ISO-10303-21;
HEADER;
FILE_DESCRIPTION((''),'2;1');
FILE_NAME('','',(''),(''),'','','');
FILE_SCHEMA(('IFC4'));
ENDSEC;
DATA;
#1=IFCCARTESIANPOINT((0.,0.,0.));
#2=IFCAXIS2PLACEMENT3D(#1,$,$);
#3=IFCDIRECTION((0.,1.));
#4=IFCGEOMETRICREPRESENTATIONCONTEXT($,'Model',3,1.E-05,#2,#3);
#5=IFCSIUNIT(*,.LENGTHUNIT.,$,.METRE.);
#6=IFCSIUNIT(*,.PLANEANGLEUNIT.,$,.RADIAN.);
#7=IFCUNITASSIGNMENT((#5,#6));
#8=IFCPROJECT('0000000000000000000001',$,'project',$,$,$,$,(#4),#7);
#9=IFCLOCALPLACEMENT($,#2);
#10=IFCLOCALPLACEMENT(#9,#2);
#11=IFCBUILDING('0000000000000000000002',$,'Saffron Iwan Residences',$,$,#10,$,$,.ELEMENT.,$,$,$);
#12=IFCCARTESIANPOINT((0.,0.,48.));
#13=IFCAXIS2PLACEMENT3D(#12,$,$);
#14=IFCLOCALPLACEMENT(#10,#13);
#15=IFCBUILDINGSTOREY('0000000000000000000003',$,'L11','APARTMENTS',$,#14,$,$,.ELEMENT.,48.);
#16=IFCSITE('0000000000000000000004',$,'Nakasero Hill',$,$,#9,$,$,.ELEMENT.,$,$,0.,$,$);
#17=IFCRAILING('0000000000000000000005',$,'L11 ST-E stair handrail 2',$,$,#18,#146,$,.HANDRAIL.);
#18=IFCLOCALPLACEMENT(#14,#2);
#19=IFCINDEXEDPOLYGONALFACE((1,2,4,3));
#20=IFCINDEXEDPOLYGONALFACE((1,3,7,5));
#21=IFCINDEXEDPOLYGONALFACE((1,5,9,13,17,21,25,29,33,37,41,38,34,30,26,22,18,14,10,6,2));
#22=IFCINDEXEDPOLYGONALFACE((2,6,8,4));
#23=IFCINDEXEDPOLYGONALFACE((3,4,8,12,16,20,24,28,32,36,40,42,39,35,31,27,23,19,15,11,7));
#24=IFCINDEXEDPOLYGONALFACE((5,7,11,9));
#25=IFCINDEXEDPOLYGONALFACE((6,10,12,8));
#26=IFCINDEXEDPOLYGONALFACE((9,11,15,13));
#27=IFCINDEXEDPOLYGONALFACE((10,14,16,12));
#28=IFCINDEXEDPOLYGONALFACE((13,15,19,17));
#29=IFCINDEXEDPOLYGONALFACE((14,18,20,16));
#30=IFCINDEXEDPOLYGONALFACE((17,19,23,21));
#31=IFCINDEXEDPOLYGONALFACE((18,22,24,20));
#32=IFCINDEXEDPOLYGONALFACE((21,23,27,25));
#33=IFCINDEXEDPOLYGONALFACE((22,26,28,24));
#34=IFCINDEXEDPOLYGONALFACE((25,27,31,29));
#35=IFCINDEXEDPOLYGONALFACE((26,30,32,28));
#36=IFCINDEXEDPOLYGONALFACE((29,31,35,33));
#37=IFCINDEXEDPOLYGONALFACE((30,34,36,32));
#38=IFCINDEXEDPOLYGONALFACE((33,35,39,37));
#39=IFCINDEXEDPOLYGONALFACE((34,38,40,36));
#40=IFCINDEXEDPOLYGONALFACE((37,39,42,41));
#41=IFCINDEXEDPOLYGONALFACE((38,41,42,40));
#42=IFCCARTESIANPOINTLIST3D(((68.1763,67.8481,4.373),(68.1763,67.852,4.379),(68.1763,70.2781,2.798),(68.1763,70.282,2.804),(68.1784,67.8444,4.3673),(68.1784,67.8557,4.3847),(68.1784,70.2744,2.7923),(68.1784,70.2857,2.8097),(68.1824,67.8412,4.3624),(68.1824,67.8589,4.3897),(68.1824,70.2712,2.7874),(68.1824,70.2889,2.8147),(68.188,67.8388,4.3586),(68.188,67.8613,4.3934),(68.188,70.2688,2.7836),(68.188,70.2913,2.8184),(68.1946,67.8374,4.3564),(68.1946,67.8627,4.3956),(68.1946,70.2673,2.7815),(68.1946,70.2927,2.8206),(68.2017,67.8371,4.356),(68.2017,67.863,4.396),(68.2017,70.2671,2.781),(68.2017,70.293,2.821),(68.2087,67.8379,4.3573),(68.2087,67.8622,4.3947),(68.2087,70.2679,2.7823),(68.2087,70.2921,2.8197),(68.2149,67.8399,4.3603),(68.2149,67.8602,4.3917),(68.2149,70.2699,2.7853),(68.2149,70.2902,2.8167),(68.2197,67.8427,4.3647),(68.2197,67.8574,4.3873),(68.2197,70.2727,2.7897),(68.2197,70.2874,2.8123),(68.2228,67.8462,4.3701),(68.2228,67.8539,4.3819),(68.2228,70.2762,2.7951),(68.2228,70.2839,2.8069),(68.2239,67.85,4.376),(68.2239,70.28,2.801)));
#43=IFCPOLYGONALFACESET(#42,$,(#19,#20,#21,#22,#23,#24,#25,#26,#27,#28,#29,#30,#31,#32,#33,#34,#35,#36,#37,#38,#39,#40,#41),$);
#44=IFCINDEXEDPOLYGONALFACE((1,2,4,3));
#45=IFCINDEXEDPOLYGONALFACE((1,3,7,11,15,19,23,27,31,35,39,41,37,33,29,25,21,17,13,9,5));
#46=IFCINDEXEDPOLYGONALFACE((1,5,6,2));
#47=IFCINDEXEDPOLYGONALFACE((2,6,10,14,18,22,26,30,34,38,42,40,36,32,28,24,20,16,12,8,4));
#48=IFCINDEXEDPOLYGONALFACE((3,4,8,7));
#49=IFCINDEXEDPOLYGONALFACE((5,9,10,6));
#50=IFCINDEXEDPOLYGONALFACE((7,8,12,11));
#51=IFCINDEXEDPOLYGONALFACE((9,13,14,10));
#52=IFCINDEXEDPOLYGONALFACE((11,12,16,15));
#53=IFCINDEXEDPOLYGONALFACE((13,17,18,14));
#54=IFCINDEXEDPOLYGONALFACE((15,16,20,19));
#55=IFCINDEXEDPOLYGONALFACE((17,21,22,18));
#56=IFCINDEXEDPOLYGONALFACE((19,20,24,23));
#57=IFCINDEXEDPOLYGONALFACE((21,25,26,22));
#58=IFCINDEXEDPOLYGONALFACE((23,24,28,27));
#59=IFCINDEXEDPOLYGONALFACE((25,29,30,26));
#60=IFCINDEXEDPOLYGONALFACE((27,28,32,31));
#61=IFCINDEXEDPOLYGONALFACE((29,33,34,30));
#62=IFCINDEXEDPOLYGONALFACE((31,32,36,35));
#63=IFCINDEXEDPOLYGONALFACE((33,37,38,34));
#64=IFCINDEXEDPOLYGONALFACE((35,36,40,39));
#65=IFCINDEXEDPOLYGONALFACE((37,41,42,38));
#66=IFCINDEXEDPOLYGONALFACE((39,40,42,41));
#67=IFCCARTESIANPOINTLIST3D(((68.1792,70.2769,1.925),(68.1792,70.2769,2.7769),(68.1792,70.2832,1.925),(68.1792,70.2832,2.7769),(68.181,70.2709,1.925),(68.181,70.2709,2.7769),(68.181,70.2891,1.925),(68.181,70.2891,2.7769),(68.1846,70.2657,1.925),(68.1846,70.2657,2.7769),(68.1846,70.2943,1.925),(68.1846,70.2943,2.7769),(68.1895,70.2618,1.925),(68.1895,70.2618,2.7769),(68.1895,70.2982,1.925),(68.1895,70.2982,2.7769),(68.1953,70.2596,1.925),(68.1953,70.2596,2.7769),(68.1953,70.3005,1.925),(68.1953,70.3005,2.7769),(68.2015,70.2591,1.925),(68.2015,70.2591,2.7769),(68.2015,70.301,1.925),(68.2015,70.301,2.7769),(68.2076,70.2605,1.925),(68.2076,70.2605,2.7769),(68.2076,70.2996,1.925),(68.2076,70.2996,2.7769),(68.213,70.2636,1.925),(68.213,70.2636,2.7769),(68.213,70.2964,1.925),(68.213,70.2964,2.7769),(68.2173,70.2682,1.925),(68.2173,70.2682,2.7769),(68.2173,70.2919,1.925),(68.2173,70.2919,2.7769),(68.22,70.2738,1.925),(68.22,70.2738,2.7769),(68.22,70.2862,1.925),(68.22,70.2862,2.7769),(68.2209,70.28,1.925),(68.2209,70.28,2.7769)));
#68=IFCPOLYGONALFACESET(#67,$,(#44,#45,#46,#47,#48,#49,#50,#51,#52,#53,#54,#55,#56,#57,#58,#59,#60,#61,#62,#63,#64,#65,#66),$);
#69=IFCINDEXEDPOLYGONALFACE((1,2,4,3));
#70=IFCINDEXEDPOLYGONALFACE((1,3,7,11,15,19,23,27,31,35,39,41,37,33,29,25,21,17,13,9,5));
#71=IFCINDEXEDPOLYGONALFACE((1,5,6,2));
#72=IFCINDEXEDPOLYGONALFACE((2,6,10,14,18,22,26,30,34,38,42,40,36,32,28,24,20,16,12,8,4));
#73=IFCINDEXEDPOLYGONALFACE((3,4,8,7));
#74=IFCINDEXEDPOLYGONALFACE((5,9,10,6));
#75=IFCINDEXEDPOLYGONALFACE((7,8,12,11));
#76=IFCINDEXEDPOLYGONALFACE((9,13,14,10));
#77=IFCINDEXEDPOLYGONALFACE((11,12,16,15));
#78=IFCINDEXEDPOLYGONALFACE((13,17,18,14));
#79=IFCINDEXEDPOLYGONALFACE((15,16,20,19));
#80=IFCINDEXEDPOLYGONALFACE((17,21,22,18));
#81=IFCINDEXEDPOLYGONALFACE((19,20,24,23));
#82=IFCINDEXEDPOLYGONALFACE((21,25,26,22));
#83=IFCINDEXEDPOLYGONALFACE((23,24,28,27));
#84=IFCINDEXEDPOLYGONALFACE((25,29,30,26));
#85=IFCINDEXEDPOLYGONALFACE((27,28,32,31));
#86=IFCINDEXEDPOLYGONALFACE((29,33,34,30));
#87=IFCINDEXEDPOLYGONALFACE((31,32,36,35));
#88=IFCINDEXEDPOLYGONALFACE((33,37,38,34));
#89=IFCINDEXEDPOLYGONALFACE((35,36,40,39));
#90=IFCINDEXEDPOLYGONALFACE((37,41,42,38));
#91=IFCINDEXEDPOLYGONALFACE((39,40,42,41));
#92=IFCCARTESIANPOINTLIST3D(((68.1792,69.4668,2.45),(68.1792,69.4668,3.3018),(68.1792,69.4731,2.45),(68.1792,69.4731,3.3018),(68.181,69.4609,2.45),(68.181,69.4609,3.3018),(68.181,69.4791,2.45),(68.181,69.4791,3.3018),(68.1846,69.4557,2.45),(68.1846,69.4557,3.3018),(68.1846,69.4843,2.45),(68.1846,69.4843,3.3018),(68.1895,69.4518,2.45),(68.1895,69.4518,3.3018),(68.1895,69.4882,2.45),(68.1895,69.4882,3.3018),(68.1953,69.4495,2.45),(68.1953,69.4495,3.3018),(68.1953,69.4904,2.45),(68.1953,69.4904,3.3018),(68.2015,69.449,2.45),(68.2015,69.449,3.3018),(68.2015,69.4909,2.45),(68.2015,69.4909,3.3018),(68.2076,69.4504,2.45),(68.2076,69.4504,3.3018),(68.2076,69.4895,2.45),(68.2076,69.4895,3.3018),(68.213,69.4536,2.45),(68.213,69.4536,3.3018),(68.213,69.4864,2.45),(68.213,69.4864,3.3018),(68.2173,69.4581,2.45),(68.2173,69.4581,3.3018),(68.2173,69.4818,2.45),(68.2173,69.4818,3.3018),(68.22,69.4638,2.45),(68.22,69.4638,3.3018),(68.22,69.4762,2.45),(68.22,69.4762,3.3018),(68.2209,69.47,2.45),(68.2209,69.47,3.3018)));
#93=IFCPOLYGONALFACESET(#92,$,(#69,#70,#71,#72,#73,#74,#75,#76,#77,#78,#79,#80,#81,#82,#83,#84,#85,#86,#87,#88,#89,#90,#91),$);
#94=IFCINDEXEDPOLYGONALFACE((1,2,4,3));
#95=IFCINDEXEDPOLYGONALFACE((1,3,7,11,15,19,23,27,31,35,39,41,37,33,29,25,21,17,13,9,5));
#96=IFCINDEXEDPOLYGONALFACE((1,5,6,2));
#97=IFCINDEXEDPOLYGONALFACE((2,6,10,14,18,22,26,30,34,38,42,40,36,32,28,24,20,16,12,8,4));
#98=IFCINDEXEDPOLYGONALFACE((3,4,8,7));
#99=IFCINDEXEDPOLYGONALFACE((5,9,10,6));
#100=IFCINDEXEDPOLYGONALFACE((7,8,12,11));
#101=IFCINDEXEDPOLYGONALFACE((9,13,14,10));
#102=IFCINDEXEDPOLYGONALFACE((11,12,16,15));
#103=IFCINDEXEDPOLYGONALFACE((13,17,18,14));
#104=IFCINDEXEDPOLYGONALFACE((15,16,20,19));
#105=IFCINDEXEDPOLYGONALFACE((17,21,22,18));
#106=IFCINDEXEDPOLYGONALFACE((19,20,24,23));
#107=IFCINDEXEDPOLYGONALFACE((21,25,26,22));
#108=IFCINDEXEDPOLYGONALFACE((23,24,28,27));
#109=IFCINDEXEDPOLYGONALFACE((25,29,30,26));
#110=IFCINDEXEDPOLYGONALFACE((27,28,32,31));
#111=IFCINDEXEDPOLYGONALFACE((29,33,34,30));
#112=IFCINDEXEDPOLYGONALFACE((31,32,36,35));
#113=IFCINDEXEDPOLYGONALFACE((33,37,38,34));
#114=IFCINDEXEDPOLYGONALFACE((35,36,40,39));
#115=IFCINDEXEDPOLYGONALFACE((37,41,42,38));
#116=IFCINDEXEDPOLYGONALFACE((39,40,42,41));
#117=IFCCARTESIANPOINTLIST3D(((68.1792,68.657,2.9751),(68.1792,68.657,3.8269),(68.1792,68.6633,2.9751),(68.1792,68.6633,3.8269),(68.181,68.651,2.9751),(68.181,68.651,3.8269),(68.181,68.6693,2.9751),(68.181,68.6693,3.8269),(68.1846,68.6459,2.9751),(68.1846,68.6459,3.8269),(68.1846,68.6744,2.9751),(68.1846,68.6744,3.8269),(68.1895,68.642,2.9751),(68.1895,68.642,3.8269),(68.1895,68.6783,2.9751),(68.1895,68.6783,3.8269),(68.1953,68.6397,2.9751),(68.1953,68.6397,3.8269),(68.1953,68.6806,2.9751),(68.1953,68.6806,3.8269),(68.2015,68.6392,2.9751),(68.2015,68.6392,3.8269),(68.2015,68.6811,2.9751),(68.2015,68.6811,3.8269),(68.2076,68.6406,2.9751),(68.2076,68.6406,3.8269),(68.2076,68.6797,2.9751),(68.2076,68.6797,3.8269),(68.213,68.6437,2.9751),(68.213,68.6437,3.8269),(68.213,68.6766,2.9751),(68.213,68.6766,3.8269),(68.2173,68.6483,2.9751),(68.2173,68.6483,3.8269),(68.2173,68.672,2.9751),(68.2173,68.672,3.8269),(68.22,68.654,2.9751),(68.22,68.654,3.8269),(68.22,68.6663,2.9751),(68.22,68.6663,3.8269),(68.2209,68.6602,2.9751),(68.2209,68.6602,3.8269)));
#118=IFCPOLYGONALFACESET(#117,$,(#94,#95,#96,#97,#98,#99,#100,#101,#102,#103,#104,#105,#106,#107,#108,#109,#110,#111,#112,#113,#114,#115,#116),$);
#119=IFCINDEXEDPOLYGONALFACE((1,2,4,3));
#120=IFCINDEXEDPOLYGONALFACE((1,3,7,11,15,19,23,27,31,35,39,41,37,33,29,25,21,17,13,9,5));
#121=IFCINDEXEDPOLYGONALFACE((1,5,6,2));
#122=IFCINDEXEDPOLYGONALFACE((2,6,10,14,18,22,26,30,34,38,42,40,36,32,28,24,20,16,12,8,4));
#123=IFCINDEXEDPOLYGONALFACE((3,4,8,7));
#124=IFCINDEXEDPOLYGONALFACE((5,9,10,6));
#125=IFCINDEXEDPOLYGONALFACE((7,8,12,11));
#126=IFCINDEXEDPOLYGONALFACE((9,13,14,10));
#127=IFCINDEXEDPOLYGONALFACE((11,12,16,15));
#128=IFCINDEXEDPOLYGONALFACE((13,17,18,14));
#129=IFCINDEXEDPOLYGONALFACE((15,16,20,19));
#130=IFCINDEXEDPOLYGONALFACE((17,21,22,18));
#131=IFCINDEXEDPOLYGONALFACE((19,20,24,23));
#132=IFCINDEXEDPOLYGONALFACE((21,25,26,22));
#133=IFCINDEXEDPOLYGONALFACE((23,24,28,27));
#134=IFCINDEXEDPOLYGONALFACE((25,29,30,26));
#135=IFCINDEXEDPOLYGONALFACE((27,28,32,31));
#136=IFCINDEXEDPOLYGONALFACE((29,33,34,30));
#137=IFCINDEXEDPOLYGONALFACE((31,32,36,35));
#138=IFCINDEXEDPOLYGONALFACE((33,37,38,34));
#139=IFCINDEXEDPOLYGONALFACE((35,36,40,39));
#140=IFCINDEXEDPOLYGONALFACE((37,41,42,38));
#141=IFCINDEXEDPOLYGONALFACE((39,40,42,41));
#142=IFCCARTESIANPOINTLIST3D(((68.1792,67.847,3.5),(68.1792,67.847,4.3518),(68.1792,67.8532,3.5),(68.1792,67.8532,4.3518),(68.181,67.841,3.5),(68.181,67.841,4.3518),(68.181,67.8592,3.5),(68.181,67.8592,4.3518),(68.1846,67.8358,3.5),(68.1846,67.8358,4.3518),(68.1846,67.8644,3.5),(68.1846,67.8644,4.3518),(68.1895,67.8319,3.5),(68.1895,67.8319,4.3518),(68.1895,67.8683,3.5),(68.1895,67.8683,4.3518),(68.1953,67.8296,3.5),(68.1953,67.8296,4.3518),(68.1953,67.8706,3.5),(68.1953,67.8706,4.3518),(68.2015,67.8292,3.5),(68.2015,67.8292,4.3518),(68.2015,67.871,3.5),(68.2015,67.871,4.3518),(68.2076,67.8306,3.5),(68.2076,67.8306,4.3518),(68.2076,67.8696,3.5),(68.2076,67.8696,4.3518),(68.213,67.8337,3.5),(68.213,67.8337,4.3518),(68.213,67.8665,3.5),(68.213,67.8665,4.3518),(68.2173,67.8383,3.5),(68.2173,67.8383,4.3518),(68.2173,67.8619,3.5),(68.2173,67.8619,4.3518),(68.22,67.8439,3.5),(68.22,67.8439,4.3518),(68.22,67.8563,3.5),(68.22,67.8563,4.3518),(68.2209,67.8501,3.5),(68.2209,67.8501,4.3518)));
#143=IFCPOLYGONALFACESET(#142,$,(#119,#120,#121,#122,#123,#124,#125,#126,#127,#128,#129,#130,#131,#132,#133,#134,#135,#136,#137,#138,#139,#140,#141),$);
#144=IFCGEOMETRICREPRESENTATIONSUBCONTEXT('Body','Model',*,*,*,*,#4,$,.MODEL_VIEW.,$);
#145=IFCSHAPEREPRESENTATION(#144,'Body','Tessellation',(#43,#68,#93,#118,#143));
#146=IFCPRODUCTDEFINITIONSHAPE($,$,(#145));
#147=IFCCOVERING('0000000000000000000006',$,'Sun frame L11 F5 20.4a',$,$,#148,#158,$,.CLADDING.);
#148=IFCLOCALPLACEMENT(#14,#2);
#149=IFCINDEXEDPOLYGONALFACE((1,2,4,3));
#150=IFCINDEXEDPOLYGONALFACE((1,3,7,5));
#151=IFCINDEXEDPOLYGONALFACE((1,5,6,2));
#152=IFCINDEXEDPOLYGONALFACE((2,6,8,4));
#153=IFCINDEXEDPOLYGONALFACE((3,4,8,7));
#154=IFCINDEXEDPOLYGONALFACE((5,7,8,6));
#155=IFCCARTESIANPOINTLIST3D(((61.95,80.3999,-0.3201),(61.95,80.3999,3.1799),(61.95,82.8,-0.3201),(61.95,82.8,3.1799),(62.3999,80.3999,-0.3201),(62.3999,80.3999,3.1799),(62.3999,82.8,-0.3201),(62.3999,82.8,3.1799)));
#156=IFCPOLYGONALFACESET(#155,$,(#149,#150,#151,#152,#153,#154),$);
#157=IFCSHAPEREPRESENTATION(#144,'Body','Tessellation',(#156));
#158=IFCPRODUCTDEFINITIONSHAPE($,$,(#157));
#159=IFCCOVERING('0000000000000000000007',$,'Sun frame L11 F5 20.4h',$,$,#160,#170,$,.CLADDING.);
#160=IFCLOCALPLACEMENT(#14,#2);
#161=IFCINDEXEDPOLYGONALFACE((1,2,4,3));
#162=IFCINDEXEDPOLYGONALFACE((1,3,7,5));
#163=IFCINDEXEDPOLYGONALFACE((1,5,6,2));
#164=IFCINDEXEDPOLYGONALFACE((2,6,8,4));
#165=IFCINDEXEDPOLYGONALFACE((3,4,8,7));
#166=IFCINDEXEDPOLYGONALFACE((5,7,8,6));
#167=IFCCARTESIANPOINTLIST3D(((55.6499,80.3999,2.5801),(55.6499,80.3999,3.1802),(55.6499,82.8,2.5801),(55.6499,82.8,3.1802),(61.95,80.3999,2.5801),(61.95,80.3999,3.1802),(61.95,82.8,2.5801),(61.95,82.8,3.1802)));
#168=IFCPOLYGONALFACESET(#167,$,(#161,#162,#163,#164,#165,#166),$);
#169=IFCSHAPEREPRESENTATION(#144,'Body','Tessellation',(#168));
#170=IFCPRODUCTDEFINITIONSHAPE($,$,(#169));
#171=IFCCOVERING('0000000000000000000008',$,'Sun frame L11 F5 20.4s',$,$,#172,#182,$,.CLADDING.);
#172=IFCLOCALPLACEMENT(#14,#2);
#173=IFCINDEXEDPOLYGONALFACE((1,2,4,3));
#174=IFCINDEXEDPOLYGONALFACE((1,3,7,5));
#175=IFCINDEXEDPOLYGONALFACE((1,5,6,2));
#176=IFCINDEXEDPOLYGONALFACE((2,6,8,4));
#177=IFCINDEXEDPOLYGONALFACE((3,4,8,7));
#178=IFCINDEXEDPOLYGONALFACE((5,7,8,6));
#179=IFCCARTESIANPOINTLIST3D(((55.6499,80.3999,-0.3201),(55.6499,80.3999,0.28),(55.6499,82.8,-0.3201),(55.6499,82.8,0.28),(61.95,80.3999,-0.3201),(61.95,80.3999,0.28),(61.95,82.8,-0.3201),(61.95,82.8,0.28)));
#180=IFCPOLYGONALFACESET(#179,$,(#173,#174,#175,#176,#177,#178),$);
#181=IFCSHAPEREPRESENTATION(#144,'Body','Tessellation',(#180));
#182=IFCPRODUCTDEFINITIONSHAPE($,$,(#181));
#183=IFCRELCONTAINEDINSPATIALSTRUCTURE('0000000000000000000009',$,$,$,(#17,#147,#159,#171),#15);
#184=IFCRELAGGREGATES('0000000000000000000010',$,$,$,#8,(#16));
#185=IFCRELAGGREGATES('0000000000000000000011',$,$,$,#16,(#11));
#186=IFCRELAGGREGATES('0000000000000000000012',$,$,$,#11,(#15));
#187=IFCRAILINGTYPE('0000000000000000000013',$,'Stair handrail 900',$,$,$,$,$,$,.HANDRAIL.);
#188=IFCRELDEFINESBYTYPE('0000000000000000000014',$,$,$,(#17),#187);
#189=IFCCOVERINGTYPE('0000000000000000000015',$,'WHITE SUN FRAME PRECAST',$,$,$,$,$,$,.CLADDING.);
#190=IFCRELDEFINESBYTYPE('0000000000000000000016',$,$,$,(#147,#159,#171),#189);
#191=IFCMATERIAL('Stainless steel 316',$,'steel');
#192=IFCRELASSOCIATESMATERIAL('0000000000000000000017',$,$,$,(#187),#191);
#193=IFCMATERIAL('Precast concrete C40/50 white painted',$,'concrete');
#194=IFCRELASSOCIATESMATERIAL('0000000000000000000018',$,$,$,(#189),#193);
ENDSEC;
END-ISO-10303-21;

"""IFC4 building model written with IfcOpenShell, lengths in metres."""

from ifc_helpers import new_model, si_unit, direction, frame, origin, origin_2d, place, context, subcontext, project, spatial, polyline, circle, outline, extrude, material, type_object, element, save


model = new_model("IFC4")

# Units and contexts
model_context = context("Model", 3, precision=1e-05, world=origin(), true_north=direction((0.0, 1.0)))
body_context = subcontext(model_context, "Body", "Model", "MODEL_VIEW")
ifc_project = project(units=[si_unit("LENGTHUNIT", "METRE"), si_unit("PLANEANGLEUNIT", "RADIAN")], contexts=[model_context])

# Site, building, storey
site_placement = place(None, origin())
site = spatial("IfcSite", under=ifc_project, at=site_placement, Name="Nakasero Hill", CompositionType="ELEMENT", RefElevation=0.0)
building_placement = place(site_placement, origin())
building = spatial("IfcBuilding", under=site, at=building_placement, Name="Saffron Iwan Residences", CompositionType="ELEMENT")
storey_placement = place(building_placement, frame((0.0, 0.0, 48.0)))
storey = spatial("IfcBuildingStorey", under=building, at=storey_placement, Name="L11", Description="APARTMENTS", CompositionType="ELEMENT", Elevation=48.0)

# Railing
ifc_material_1 = material(Name="Stainless steel 316", Category="steel")
railing_type_1 = type_object("IfcRailingType", Name="Stair handrail 900", PredefinedType="HANDRAIL", material=ifc_material_1)
railing_1_placement = place(storey_placement, frame((68.2, 70.28, 1.925)))
element("IfcRailing", 1, at=railing_1_placement, inside=storey, type_object=railing_type_1, Name="L11 ST-E stair handrail 2", PredefinedType="HANDRAIL", context=body_context, shape_type="SweptSolid", body=[
    extrude(circle(Radius=0.0239, at=origin_2d()), frame((0.0, 0.0, 0.876), z_axis=(0.0, -0.839154, 0.543894), x_axis=(1.0, 0.0, 0.0)), (0.0, 0.0, 1.0), 2.8958),
    extrude(circle(Radius=0.021, at=origin_2d()), origin(), (0.0, 0.0, 1.0), 0.8518),
    extrude(circle(Radius=0.021, at=origin_2d()), frame((0.0, -0.8101, 0.5249)), (0.0, 0.0, 1.0), 0.8518),
    extrude(circle(Radius=0.021, at=origin_2d()), frame((0.0, -1.6199, 1.05)), (0.0, 0.0, 1.0), 0.8518),
    extrude(circle(Radius=0.021, at=origin_2d()), frame((0.0, -2.4299, 1.575)), (0.0, 0.0, 1.0), 0.8518),
])

# Coverings
ifc_material_2 = material(Name="Precast concrete C40/50 white painted", Category="concrete")
covering_type_1 = type_object("IfcCoveringType", Name="WHITE SUN FRAME PRECAST", PredefinedType="CLADDING", material=ifc_material_2)
covering_1_placement = place(storey_placement, frame((62.3999, 80.3999, -0.3201), z_axis=(0.0, 1.0, 0.0), x_axis=(-1.0, 0.0, 0.0)))
element("IfcCovering", 2, at=covering_1_placement, inside=storey, type_object=covering_type_1, Name="Sun frame L11 F5 20.4a", PredefinedType="CLADDING", context=body_context, shape_type="SweptSolid", body=[
    extrude(outline(polyline([(0.0, 0.0), (0.45, 0.0), (0.45, 3.5), (0.0, 3.5), (0.0, 0.0)])), origin(), (0.0, 0.0, 1.0), 2.4001),
])
for number, where, z_axis, x_axis, name in (
    (3, (61.95, 80.3999, 2.5801), (0.0, 1.0, 0.0), (-1.0, 0.0, 0.0), "Sun frame L11 F5 20.4h"),
    (4, (61.95, 80.3999, -0.3201), (0.0, 1.0, 0.0), (-1.0, 0.0, 0.0), "Sun frame L11 F5 20.4s"),
):
    element("IfcCovering", number, at=place(storey_placement, frame(where, z_axis=z_axis, x_axis=x_axis)), inside=storey, type_object=covering_type_1, Name=name, PredefinedType="CLADDING", context=body_context, shape_type="SweptSolid", body=[
        extrude(outline(polyline([(0.0, 0.0), (6.3, 0.0), (6.3, 0.6001), (0.0, 0.6001), (0.0, 0.0)])), origin(), (0.0, 0.0, 1.0), 2.4001),
    ])

save(model, "model.ifc")
